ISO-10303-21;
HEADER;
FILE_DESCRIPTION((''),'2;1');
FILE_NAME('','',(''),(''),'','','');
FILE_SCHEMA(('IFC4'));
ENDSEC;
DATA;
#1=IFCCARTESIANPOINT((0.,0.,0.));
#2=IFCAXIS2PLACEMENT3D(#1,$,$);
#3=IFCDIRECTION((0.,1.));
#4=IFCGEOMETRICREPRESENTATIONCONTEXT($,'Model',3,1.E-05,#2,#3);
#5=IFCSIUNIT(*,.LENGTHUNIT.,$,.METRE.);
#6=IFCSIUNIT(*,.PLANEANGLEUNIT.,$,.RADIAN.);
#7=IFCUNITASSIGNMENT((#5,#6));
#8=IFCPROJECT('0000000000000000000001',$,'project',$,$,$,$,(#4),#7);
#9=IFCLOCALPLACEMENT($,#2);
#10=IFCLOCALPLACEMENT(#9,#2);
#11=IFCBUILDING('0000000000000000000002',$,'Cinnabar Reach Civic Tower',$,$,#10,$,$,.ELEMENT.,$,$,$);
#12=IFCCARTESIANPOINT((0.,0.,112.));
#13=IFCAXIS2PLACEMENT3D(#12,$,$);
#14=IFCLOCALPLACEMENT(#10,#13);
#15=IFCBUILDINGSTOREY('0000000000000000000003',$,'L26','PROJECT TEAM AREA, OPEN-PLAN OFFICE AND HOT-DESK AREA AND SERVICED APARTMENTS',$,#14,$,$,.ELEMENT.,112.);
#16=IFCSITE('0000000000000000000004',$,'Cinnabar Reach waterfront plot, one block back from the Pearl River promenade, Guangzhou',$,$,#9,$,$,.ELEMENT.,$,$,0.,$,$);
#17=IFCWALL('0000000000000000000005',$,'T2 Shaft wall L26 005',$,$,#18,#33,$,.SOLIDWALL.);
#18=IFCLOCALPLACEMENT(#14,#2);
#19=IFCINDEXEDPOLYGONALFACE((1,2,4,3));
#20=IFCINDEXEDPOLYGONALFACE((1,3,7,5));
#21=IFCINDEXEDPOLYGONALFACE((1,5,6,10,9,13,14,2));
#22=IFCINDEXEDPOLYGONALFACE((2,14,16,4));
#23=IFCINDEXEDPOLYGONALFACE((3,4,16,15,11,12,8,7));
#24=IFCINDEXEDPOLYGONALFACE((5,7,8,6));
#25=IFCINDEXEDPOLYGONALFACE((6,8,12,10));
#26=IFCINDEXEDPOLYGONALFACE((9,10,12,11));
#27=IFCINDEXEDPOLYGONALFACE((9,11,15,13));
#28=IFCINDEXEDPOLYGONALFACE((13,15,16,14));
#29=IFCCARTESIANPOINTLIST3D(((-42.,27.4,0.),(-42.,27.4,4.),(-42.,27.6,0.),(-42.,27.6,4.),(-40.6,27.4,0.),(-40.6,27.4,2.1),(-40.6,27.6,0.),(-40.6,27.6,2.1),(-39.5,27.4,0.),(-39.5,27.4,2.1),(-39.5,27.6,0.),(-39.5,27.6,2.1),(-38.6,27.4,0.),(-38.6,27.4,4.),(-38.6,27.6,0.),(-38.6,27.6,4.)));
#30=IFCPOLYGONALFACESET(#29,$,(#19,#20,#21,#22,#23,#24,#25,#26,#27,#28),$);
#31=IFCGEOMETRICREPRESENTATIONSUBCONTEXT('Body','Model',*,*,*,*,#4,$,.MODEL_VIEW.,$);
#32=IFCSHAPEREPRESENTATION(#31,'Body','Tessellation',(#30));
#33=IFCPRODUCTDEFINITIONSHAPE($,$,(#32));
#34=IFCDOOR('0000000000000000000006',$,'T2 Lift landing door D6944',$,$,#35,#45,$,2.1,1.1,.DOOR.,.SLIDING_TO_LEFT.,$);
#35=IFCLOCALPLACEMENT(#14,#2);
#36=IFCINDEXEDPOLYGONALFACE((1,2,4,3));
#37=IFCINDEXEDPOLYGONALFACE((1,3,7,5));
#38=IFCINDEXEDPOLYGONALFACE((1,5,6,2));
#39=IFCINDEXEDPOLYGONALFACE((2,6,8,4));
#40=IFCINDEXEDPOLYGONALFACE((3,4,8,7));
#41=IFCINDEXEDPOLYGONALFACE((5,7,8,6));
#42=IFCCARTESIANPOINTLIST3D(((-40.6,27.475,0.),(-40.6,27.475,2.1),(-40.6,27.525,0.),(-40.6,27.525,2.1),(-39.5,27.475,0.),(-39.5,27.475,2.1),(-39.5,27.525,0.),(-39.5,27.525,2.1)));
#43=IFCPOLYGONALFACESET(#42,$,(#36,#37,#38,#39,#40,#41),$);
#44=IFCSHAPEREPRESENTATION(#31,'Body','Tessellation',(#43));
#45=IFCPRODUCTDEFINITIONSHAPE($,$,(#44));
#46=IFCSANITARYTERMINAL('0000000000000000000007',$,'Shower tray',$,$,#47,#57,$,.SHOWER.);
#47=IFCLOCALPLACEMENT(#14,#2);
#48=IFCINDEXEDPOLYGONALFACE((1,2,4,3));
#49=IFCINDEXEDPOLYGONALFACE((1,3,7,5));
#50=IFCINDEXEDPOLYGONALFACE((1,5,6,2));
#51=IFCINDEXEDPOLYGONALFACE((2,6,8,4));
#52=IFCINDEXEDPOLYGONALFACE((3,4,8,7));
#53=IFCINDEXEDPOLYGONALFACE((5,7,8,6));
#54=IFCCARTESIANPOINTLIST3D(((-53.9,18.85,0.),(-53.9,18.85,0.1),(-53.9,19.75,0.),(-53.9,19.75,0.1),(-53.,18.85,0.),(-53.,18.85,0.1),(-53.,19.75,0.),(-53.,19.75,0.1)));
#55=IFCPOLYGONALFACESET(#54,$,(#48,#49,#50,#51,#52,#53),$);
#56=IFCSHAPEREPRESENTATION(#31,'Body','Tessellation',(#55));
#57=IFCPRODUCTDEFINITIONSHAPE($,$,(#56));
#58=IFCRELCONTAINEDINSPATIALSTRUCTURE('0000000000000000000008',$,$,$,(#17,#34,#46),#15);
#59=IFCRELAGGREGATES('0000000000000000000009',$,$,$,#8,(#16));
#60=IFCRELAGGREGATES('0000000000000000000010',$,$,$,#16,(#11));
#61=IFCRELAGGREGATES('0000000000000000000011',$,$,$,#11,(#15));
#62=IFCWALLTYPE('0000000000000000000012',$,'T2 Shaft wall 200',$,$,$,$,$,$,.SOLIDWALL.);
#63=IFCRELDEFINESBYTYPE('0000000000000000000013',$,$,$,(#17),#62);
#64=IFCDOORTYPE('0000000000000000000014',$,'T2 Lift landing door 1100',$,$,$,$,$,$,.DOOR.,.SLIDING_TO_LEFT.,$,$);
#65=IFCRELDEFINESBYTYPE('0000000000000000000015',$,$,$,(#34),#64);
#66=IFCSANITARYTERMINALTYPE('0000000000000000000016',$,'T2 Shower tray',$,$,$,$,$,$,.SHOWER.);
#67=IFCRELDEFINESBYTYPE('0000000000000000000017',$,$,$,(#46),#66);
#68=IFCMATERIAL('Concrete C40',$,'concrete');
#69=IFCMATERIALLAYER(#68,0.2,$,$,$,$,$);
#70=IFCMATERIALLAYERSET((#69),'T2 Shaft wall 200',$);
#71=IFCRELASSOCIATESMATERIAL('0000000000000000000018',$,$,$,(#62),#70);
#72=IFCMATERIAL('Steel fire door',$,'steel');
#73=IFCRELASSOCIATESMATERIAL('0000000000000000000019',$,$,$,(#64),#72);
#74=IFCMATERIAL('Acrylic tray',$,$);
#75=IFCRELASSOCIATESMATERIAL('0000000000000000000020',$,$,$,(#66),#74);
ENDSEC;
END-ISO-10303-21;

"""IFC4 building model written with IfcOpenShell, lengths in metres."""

from ifc_helpers import new_model, si_unit, direction, frame, frame_2d, origin, origin_2d, place, context, subcontext, project, spatial, rectangle, extrude, material, layer, layer_set, type_object, element, fill, save


model = new_model("IFC4")

# Units and contexts
model_context = context("Model", 3, precision=1e-05, world=origin(), true_north=direction((0.0, 1.0)))
body_context = subcontext(model_context, "Body", "Model", "MODEL_VIEW")
ifc_project = project(units=[si_unit("LENGTHUNIT", "METRE"), si_unit("PLANEANGLEUNIT", "RADIAN")], contexts=[model_context])

# Site, building, storey
site_placement = place(None, origin())
site = spatial("IfcSite", under=ifc_project, at=site_placement, Name="Cinnabar Reach waterfront plot, one block back from the Pearl River promenade, Guangzhou", CompositionType="ELEMENT", RefElevation=0.0)
building_placement = place(site_placement, origin())
building = spatial("IfcBuilding", under=site, at=building_placement, Name="Cinnabar Reach Civic Tower", CompositionType="ELEMENT")
storey_placement = place(building_placement, frame((0.0, 0.0, 112.0)))
storey = spatial("IfcBuildingStorey", under=building, at=storey_placement, Name="L26", Description="PROJECT TEAM AREA, OPEN-PLAN OFFICE AND HOT-DESK AREA AND SERVICED APARTMENTS", CompositionType="ELEMENT", Elevation=112.0)

# Shared definitions
ifc_material_1 = material(Name="Steel fire door", Category="steel")

# Wall, opening, door
ifc_material_2 = material(Name="Concrete C40", Category="concrete")
ifc_layer_1 = layer(ifc_material_2, 0.2)
ifc_layer_set_1 = layer_set([ifc_layer_1], Name="T2 Shaft wall 200")
wall_type_1 = type_object("IfcWallType", Name="T2 Shaft wall 200", PredefinedType="SOLIDWALL", material=ifc_layer_set_1)
wall_1_placement = place(storey_placement, frame((-42.0, 27.5, 0.0), z_axis=(0.0, 0.0, 1.0), x_axis=(1.0, 0.0, 0.0)))
wall_1 = element("IfcWall", 1, at=wall_1_placement, inside=storey, type_object=wall_type_1, Name="T2 Shaft wall L26 005", PredefinedType="SOLIDWALL", context=body_context, shape_type="SweptSolid", body=[
    extrude(rectangle(XDim=3.4, YDim=0.2, at=frame_2d((1.7, 0.0))), origin(), (0.0, 0.0, 1.0), 4.0),
])
opening_1_placement = place(wall_1_placement, frame((1.4, 0.0, 0.0)))
opening_1 = element("IfcOpeningElement", 2, at=opening_1_placement, cuts=wall_1, PredefinedType="OPENING", context=body_context, shape_type="SweptSolid", body=[
    extrude(rectangle(XDim=1.1, YDim=2.1, at=frame_2d((0.55, 1.05))), frame((0.0, 0.11, 0.0), z_axis=(0.0, -1.0, 0.0), x_axis=(1.0, 0.0, 0.0)), (0.0, 0.0, 1.0), 0.22),
])
door_type_1 = type_object("IfcDoorType", Name="T2 Lift landing door 1100", OperationType="SLIDING_TO_LEFT", PredefinedType="DOOR", material=ifc_material_1)
door_1_placement = place(opening_1_placement, origin())
door_1 = element("IfcDoor", 3, at=door_1_placement, inside=storey, type_object=door_type_1, Name="T2 Lift landing door D6944", OperationType="SLIDING_TO_LEFT", OverallHeight=2.1, OverallWidth=1.1, PredefinedType="DOOR", context=body_context, shape_type="SweptSolid", body=[
    extrude(rectangle(XDim=1.1, YDim=2.1, at=frame_2d((0.55, 1.05))), frame((0.0, 0.025, 0.0), z_axis=(0.0, -1.0, 0.0), x_axis=(1.0, 0.0, 0.0)), (0.0, 0.0, 1.0), 0.05),
])
fill(opening_1, door_1)

# Sanitary terminal
ifc_material_3 = material(Name="Acrylic tray")
sanitary_terminal_type = type_object("IfcSanitaryTerminalType", Name="T2 Shower tray", PredefinedType="SHOWER", material=ifc_material_3)
sanitary_terminal_placement = place(storey_placement, frame((-53.45, 19.3, 0.0), z_axis=(0.0, 0.0, 1.0), x_axis=(1.0, 0.0, 0.0)))
element("IfcSanitaryTerminal", 4, at=sanitary_terminal_placement, inside=storey, type_object=sanitary_terminal_type, Name="Shower tray", PredefinedType="SHOWER", context=body_context, shape_type="SweptSolid", body=[
    extrude(rectangle(XDim=0.9, YDim=0.9, at=origin_2d()), origin(), (0.0, 0.0, 1.0), 0.1),
])

save(model, "model.ifc")
